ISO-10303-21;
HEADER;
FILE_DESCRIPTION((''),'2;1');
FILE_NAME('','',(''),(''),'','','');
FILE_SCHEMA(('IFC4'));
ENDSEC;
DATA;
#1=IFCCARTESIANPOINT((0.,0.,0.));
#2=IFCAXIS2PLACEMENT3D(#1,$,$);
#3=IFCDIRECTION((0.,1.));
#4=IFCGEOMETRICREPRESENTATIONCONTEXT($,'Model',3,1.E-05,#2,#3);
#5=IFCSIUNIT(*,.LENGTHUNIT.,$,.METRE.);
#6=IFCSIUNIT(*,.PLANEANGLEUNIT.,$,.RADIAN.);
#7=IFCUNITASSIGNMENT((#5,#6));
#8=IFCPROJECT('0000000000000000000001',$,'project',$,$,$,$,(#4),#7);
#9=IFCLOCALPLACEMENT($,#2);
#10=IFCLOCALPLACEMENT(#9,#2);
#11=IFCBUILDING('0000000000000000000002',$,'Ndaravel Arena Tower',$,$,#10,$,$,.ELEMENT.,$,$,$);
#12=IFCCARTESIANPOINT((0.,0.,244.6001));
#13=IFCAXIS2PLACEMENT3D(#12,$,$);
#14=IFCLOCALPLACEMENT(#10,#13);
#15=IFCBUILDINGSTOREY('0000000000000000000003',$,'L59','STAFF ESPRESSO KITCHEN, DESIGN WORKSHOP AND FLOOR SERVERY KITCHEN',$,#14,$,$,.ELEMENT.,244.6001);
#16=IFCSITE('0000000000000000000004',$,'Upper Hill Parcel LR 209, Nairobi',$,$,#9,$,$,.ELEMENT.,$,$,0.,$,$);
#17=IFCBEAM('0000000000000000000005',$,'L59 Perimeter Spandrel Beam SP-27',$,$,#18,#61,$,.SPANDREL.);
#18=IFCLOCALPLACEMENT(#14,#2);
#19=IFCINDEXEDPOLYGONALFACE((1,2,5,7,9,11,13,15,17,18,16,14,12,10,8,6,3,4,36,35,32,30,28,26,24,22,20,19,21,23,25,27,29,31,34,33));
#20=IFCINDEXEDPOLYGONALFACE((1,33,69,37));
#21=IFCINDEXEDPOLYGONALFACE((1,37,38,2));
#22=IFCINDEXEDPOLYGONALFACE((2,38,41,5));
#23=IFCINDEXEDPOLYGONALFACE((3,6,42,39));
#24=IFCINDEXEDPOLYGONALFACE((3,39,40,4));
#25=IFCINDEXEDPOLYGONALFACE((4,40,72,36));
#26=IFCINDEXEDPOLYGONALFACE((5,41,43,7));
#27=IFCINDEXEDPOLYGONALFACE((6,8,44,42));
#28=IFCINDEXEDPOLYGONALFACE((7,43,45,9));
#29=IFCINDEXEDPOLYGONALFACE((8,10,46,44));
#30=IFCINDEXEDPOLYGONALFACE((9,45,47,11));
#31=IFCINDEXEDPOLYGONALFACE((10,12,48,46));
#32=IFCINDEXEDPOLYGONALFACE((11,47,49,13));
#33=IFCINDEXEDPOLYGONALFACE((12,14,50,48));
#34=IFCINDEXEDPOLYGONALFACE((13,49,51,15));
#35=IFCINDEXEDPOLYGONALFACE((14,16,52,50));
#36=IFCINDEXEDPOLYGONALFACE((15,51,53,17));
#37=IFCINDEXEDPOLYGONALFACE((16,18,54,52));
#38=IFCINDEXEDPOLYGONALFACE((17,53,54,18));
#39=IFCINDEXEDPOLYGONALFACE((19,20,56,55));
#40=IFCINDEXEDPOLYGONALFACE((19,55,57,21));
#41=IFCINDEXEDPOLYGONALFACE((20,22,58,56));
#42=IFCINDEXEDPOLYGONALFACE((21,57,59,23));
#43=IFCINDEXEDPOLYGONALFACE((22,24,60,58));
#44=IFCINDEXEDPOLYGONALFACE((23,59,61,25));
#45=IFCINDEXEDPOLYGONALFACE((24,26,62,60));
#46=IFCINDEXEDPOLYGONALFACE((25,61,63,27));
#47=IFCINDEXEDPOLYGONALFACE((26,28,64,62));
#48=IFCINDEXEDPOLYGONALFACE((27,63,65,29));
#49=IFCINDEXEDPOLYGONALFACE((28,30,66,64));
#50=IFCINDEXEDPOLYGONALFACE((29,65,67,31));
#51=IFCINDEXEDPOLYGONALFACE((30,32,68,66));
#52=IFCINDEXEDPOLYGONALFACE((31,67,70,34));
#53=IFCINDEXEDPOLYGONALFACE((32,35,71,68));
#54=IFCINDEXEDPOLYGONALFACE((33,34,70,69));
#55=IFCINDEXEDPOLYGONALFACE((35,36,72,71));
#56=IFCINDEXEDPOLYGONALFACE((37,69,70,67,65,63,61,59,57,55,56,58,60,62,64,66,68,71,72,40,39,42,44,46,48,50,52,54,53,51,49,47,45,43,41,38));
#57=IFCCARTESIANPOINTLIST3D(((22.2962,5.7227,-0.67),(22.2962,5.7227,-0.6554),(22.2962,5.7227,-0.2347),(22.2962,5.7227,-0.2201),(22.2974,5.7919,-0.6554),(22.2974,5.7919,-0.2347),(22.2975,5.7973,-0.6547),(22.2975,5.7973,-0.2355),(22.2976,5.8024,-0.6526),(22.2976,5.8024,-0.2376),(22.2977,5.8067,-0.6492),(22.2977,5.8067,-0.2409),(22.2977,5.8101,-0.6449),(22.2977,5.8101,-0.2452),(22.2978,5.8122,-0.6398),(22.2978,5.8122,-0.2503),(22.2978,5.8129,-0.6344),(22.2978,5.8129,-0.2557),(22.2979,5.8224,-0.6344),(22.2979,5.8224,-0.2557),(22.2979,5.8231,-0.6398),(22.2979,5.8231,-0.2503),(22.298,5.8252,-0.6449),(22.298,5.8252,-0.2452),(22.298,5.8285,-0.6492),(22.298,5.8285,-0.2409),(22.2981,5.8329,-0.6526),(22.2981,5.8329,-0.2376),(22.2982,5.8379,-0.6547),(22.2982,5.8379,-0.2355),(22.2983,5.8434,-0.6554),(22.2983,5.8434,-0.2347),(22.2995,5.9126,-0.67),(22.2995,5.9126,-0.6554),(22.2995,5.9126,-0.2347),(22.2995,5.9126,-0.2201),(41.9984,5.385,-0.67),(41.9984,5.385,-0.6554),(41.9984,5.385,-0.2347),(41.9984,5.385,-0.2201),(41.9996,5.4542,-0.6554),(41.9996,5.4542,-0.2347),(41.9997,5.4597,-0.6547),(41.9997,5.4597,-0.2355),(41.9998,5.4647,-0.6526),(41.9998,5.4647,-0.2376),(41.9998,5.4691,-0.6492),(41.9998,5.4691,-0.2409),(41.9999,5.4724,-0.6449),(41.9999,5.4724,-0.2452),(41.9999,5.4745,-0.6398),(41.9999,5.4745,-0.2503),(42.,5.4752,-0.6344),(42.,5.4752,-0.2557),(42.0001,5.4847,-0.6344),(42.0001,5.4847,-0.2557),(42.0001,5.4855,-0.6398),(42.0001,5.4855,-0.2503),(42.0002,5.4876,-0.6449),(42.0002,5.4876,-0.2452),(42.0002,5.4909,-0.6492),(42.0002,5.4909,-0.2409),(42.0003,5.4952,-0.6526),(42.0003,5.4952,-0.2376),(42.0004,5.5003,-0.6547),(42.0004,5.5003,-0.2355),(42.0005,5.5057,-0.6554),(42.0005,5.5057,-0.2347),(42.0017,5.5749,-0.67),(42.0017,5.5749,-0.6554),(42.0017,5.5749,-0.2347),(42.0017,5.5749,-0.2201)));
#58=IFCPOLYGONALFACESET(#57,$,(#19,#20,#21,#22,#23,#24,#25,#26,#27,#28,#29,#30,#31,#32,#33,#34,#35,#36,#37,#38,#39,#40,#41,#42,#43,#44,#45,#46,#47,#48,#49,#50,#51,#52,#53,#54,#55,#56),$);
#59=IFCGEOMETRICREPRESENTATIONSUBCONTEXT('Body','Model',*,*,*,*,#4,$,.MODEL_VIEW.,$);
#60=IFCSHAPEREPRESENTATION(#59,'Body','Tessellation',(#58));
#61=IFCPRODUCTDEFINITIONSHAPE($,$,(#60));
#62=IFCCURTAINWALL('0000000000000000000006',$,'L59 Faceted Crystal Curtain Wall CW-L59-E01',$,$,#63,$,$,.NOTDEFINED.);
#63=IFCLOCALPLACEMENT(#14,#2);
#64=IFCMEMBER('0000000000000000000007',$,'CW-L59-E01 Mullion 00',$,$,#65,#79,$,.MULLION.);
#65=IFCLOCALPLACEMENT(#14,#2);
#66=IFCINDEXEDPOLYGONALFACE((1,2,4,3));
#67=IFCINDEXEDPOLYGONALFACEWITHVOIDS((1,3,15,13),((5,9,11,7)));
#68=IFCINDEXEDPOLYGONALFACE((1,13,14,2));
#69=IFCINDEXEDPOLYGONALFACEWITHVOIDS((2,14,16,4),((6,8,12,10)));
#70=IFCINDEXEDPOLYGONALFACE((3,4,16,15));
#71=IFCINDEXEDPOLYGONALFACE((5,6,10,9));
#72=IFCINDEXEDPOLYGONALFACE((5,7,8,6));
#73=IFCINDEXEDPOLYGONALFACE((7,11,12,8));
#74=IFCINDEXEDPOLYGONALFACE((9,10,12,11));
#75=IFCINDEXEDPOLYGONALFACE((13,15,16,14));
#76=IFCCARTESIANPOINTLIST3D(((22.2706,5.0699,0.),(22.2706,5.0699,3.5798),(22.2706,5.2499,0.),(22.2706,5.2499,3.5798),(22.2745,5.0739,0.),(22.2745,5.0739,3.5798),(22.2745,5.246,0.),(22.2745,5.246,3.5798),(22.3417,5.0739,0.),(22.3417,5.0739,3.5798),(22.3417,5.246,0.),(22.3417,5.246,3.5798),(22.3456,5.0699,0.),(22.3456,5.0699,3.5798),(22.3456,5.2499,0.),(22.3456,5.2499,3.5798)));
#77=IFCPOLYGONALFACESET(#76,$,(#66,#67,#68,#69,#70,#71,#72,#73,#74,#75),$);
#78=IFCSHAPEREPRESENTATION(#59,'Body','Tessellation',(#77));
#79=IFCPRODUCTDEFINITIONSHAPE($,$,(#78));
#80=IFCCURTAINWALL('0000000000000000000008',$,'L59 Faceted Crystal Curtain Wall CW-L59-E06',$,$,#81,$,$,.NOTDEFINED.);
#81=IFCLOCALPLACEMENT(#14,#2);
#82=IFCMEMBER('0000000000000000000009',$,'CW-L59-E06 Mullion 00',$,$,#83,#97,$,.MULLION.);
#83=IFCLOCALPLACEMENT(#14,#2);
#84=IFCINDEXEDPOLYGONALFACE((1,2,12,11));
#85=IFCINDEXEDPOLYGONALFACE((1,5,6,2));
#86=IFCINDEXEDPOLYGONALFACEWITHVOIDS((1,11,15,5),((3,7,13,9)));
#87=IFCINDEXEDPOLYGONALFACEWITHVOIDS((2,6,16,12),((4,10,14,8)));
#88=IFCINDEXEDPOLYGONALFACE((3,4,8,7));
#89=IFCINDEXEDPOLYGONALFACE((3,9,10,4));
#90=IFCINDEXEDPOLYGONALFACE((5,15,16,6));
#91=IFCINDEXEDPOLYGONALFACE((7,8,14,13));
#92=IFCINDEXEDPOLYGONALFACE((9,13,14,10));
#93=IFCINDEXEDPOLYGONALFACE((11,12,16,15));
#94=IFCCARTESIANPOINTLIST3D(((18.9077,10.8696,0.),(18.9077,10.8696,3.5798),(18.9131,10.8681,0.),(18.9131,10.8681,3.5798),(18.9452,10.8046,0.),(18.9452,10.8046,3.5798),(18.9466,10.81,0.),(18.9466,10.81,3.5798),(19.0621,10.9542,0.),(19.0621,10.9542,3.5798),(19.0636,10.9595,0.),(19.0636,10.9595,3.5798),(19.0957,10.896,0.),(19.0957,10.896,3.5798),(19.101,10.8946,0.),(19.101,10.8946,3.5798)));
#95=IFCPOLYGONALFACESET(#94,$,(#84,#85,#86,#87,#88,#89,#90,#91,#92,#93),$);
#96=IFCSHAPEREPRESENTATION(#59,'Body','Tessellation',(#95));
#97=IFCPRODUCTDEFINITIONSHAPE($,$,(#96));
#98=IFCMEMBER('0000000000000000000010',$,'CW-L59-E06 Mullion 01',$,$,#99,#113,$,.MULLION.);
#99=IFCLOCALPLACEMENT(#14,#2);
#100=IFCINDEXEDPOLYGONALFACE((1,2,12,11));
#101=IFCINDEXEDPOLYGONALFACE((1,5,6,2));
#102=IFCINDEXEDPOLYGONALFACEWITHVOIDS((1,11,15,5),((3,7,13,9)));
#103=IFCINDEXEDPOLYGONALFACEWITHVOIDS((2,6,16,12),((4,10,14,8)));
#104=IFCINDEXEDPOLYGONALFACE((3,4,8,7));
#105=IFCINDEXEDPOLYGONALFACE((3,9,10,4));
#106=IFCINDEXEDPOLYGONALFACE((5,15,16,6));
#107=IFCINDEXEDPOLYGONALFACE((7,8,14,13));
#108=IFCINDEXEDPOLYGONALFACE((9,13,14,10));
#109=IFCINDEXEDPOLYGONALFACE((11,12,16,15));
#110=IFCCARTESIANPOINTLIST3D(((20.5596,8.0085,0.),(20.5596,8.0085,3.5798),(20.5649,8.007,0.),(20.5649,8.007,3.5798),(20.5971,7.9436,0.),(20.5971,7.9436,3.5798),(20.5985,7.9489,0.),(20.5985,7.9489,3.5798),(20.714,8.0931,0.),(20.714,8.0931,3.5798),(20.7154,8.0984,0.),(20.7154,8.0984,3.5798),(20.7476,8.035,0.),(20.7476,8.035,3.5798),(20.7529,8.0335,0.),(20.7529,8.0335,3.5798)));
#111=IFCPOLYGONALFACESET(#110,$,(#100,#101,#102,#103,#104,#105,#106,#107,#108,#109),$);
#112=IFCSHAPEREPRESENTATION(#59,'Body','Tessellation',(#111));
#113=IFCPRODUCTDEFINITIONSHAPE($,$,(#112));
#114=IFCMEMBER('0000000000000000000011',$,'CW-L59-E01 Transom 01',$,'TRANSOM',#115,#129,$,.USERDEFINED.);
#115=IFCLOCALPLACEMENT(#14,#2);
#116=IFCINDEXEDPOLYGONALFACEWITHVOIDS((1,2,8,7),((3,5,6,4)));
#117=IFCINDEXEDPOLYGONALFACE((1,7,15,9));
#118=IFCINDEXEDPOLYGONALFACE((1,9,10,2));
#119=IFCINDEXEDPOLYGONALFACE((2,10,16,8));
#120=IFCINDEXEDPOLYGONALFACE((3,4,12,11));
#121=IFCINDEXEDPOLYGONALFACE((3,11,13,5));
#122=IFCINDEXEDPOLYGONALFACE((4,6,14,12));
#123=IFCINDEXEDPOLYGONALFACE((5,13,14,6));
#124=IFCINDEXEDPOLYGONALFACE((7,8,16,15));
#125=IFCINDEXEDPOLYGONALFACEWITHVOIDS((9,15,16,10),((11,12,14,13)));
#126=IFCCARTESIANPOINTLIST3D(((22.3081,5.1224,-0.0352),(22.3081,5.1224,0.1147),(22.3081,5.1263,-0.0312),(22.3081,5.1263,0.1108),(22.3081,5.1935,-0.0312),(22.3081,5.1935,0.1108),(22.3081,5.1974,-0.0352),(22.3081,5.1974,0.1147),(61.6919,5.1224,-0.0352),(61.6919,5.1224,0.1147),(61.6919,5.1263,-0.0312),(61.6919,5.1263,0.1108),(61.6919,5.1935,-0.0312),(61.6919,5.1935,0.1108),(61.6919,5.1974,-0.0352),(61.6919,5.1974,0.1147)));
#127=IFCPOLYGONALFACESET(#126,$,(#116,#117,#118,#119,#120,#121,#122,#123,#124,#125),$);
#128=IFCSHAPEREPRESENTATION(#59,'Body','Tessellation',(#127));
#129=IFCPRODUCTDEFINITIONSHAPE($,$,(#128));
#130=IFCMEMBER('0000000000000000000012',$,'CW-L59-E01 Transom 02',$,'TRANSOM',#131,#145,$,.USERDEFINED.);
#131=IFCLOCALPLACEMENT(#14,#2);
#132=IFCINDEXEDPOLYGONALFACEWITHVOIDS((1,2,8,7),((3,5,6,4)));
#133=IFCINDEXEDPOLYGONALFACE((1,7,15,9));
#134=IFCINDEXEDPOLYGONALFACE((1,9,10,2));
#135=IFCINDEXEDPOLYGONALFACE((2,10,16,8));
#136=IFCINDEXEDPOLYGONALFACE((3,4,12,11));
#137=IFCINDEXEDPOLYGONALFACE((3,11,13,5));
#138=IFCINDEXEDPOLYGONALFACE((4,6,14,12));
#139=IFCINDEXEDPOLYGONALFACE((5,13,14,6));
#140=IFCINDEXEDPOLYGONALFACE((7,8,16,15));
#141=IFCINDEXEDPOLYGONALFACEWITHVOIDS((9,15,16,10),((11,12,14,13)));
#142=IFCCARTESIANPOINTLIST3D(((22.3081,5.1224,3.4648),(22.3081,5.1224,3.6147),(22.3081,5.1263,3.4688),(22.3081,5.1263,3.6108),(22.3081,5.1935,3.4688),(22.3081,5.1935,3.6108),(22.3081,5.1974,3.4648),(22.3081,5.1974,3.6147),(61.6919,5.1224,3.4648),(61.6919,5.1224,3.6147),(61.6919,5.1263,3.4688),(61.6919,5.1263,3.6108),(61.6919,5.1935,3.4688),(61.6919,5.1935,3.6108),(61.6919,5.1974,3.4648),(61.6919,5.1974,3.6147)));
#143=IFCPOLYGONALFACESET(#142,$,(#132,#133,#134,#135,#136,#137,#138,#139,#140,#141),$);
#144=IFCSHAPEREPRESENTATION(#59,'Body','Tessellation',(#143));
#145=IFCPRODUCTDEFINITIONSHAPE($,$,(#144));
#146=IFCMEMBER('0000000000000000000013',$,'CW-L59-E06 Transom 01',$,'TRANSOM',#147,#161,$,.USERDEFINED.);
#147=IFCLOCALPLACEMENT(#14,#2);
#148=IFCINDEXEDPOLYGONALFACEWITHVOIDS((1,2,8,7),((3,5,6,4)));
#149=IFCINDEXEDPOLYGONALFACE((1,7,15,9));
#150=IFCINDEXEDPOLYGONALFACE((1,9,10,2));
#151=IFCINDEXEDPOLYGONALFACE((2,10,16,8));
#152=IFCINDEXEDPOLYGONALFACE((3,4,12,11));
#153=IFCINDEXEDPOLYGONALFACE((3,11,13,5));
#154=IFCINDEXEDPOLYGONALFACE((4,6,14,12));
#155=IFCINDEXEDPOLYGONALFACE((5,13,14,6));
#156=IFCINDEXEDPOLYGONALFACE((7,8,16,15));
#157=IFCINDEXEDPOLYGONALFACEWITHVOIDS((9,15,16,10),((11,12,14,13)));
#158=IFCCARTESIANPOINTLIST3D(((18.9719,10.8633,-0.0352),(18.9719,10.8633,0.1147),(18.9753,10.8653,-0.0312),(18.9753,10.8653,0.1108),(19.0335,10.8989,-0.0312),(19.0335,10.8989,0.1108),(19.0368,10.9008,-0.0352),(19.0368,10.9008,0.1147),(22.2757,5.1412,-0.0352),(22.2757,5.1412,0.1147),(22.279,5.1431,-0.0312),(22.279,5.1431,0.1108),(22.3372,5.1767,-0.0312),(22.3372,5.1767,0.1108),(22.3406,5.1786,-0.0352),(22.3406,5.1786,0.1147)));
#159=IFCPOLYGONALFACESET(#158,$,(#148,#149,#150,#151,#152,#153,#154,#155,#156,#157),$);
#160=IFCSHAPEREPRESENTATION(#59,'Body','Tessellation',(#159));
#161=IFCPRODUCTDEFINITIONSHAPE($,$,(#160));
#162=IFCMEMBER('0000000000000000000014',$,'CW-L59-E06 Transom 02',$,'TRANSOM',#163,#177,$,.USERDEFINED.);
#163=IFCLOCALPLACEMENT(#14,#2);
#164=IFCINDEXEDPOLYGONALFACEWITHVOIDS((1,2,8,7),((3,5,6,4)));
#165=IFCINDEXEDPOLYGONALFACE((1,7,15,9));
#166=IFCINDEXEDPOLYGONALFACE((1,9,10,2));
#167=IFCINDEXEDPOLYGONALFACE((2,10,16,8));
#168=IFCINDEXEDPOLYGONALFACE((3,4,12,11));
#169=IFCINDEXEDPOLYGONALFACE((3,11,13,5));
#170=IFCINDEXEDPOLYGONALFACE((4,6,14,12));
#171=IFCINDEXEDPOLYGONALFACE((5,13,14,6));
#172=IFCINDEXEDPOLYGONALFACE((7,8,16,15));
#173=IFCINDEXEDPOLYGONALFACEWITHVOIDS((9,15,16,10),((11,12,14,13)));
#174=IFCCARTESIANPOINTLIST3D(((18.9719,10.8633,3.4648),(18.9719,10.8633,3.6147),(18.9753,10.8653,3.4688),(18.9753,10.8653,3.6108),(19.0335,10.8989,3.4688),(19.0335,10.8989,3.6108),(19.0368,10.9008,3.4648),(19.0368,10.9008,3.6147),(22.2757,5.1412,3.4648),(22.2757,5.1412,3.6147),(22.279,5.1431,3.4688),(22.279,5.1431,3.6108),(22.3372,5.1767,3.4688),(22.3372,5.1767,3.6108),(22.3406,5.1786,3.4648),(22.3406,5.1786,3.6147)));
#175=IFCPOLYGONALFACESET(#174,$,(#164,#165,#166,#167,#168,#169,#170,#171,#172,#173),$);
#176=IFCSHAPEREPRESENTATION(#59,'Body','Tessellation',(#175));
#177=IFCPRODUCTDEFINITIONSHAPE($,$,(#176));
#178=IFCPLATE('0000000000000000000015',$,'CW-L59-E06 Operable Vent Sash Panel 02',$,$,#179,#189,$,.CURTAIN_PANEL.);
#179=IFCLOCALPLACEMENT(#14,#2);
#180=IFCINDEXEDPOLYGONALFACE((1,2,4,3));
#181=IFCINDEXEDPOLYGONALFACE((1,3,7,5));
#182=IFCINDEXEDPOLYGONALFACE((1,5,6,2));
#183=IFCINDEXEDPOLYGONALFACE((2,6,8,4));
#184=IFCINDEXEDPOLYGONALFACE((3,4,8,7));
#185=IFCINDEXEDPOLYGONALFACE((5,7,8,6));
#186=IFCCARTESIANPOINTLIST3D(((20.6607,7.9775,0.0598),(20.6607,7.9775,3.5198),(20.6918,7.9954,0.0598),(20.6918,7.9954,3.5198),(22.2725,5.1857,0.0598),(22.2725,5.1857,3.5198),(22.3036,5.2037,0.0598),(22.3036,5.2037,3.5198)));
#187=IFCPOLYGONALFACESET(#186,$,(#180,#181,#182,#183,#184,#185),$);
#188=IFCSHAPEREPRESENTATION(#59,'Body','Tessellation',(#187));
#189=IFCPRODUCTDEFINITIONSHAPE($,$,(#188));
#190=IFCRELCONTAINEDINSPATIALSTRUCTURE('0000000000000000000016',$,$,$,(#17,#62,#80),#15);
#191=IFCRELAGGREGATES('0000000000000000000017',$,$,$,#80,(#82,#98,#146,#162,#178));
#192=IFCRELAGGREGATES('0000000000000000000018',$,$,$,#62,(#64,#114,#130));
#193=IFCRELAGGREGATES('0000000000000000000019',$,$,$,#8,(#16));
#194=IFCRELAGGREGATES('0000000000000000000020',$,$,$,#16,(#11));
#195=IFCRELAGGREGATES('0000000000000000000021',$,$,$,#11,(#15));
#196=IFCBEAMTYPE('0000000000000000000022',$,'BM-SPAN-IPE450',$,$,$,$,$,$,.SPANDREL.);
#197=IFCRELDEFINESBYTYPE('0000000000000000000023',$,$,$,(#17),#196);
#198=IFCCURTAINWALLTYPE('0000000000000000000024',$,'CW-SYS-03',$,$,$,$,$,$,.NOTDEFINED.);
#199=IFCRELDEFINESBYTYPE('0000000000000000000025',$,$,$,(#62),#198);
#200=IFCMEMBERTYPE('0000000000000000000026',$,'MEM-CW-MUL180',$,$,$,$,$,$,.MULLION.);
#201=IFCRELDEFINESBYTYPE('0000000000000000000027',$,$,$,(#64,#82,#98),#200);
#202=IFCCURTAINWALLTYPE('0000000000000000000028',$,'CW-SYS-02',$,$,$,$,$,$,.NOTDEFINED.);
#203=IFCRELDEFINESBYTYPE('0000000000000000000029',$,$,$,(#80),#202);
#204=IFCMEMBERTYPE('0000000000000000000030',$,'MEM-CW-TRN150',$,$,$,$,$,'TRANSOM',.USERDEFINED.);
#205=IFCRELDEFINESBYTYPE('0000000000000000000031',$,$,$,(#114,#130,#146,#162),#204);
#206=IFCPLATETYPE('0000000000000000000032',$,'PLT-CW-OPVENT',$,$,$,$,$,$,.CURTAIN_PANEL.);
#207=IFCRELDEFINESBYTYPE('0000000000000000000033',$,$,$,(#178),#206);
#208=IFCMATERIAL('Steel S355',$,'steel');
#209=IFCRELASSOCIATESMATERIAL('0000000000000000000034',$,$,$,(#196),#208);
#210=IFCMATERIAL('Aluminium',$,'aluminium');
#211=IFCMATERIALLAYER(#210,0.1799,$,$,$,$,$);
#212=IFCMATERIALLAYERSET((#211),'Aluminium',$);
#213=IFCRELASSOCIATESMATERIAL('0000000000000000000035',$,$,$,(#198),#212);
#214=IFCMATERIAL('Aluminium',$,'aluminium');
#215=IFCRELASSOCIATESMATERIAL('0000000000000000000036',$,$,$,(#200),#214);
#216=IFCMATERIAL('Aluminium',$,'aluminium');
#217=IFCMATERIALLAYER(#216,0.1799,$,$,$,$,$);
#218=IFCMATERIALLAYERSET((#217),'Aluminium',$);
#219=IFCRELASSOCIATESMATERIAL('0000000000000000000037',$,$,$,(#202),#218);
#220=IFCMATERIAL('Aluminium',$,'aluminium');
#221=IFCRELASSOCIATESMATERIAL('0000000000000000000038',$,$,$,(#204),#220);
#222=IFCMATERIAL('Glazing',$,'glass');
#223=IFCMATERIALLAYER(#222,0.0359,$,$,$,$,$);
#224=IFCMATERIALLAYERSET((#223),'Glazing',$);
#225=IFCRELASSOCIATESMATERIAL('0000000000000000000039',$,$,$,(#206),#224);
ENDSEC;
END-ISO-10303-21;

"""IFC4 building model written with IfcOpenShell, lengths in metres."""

from ifc_helpers import new_model, si_unit, direction, frame, origin, origin_2d, place, context, subcontext, project, spatial, rectangle, hollow_rectangle, i_section, extrude, material, layer, layer_set, material_profile, profile_set, type_object, element, aggregate, save


model = new_model("IFC4")

# Units and contexts
model_context = context("Model", 3, precision=1e-05, world=origin(), true_north=direction((0.0, 1.0)))
body_context = subcontext(model_context, "Body", "Model", "MODEL_VIEW")
ifc_project = project(units=[si_unit("LENGTHUNIT", "METRE"), si_unit("PLANEANGLEUNIT", "RADIAN")], contexts=[model_context])

# Site, building, storey
site_placement = place(None, origin())
site = spatial("IfcSite", under=ifc_project, at=site_placement, Name="Upper Hill Parcel LR 209, Nairobi", CompositionType="ELEMENT", RefElevation=0.0)
building_placement = place(site_placement, origin())
building = spatial("IfcBuilding", under=site, at=building_placement, Name="Ndaravel Arena Tower", CompositionType="ELEMENT")
storey_placement = place(building_placement, frame((0.0, 0.0, 244.6001)))
storey = spatial("IfcBuildingStorey", under=building, at=storey_placement, Name="L59", Description="STAFF ESPRESSO KITCHEN, DESIGN WORKSHOP AND FLOOR SERVERY KITCHEN", CompositionType="ELEMENT", Elevation=244.6001)

# Beam
ifc_material_1 = material(Name="Steel S355", Category="steel")
ifc_material_profile_1 = material_profile(ifc_material_1, i_section(OverallWidth=0.1899, OverallDepth=0.45, WebThickness=0.0095, FlangeThickness=0.0146, FilletRadius=0.021, at=origin_2d()), Name="IPE 450")
ifc_profile_set_1 = profile_set([ifc_material_profile_1], Name="Steel S355")
beam_type = type_object("IfcBeamType", Name="BM-SPAN-IPE450", PredefinedType="SPANDREL", material=ifc_profile_set_1)
beam_placement = place(storey_placement, frame((22.2979, 5.8176, -0.4451), z_axis=(0.999853, -0.017135, 0.0), x_axis=(0.017135, 0.999853, 0.0)))
element("IfcBeam", 1, at=beam_placement, inside=storey, type_object=beam_type, Name="L59 Perimeter Spandrel Beam SP-27", PredefinedType="SPANDREL", context=body_context, shape_type="SweptSolid", body=[
    extrude(i_section(OverallWidth=0.1899, OverallDepth=0.45, WebThickness=0.0095, FlangeThickness=0.0146, FilletRadius=0.021, at=origin_2d()), origin(), (0.0, 0.0, 1.0), 19.7051),
])

# Curtain wall, member
ifc_material_2 = material(Name="Aluminium", Category="aluminium")
ifc_layer_1 = layer(ifc_material_2, 0.1799)
ifc_layer_set_1 = layer_set([ifc_layer_1], Name="Aluminium")
curtain_wall_type_1 = type_object("IfcCurtainWallType", Name="CW-SYS-03", PredefinedType="NOTDEFINED", material=ifc_layer_set_1)
curtain_wall_1_placement = place(storey_placement, origin())
curtain_wall_1 = element("IfcCurtainWall", 2, at=curtain_wall_1_placement, inside=storey, type_object=curtain_wall_type_1, Name="L59 Faceted Crystal Curtain Wall CW-L59-E01", PredefinedType="NOTDEFINED")
ifc_material_3 = material(Name="Aluminium", Category="aluminium")
ifc_material_profile_2 = material_profile(ifc_material_3, hollow_rectangle(XDim=0.075, YDim=0.1799, WallThickness=0.0039, at=origin_2d()), Name="CW MULLION 75x180x4")
ifc_profile_set_2 = profile_set([ifc_material_profile_2], Name="Aluminium")
member_type_1 = type_object("IfcMemberType", Name="MEM-CW-MUL180", PredefinedType="MULLION", material=ifc_profile_set_2)
member_1_placement = place(storey_placement, frame((22.3081, 5.1599, 0.0), z_axis=(0.0, 0.0, 1.0), x_axis=(1.0, 0.0, 0.0)))
member_1 = element("IfcMember", 3, at=member_1_placement, type_object=member_type_1, Name="CW-L59-E01 Mullion 00", PredefinedType="MULLION", context=body_context, shape_type="SweptSolid", body=[
    extrude(hollow_rectangle(XDim=0.075, YDim=0.1799, WallThickness=0.0039, at=origin_2d()), origin(), (0.0, 0.0, 1.0), 3.5798),
])

# Curtain wall, members
ifc_material_4 = material(Name="Aluminium", Category="aluminium")
ifc_layer_2 = layer(ifc_material_4, 0.1799)
ifc_layer_set_2 = layer_set([ifc_layer_2], Name="Aluminium")
curtain_wall_type_2 = type_object("IfcCurtainWallType", Name="CW-SYS-02", PredefinedType="NOTDEFINED", material=ifc_layer_set_2)
curtain_wall_2_placement = place(storey_placement, origin())
curtain_wall_2 = element("IfcCurtainWall", 4, at=curtain_wall_2_placement, inside=storey, type_object=curtain_wall_type_2, Name="L59 Faceted Crystal Curtain Wall CW-L59-E06", PredefinedType="NOTDEFINED")
member_2_placement = place(storey_placement, frame((19.0044, 10.8821, 0.0), z_axis=(0.0, 0.0, 1.0), x_axis=(0.5, -0.866025, 0.0)))
member_2 = element("IfcMember", 5, at=member_2_placement, type_object=member_type_1, Name="CW-L59-E06 Mullion 00", PredefinedType="MULLION", context=body_context, shape_type="SweptSolid", body=[
    extrude(hollow_rectangle(XDim=0.075, YDim=0.1799, WallThickness=0.0039, at=origin_2d()), origin(), (0.0, 0.0, 1.0), 3.5798),
])
member_3_placement = place(storey_placement, frame((20.6562, 8.021, 0.0), z_axis=(0.0, 0.0, 1.0), x_axis=(0.5, -0.866025, 0.0)))
member_3 = element("IfcMember", 6, at=member_3_placement, type_object=member_type_1, Name="CW-L59-E06 Mullion 01", PredefinedType="MULLION", context=body_context, shape_type="SweptSolid", body=[
    extrude(hollow_rectangle(XDim=0.075, YDim=0.1799, WallThickness=0.0039, at=origin_2d()), origin(), (0.0, 0.0, 1.0), 3.5798),
])

# Members
ifc_material_5 = material(Name="Aluminium", Category="aluminium")
ifc_material_profile_3 = material_profile(ifc_material_5, hollow_rectangle(XDim=0.075, YDim=0.1499, WallThickness=0.0039, at=origin_2d()), Name="CW TRANSOM 75x150x4")
ifc_profile_set_3 = profile_set([ifc_material_profile_3], Name="Aluminium")
member_type_2 = type_object("IfcMemberType", Name="MEM-CW-TRN150", ElementType="TRANSOM", PredefinedType="USERDEFINED", material=ifc_profile_set_3)
member_4_placement = place(storey_placement, frame((22.3081, 5.1599, 0.0398), z_axis=(1.0, 0.0, 0.0), x_axis=(0.0, 1.0, 0.0)))
member_4 = element("IfcMember", 7, at=member_4_placement, type_object=member_type_2, Name="CW-L59-E01 Transom 01", ObjectType="TRANSOM", PredefinedType="USERDEFINED", context=body_context, shape_type="SweptSolid", body=[
    extrude(hollow_rectangle(XDim=0.075, YDim=0.1499, WallThickness=0.0039, at=origin_2d()), origin(), (0.0, 0.0, 1.0), 39.3838),
])
member_5_placement = place(storey_placement, frame((22.3081, 5.1599, 3.5398), z_axis=(1.0, 0.0, 0.0), x_axis=(0.0, 1.0, 0.0)))
member_5 = element("IfcMember", 8, at=member_5_placement, type_object=member_type_2, Name="CW-L59-E01 Transom 02", ObjectType="TRANSOM", PredefinedType="USERDEFINED", context=body_context, shape_type="SweptSolid", body=[
    extrude(hollow_rectangle(XDim=0.075, YDim=0.1499, WallThickness=0.0039, at=origin_2d()), origin(), (0.0, 0.0, 1.0), 39.3838),
])
member_6_placement = place(storey_placement, frame((19.0044, 10.8821, 0.0398), z_axis=(0.500002, -0.866024, 0.0), x_axis=(0.866024, 0.500002, 0.0)))
member_6 = element("IfcMember", 9, at=member_6_placement, type_object=member_type_2, Name="CW-L59-E06 Transom 01", ObjectType="TRANSOM", PredefinedType="USERDEFINED", context=body_context, shape_type="SweptSolid", body=[
    extrude(hollow_rectangle(XDim=0.075, YDim=0.1499, WallThickness=0.0039, at=origin_2d()), origin(), (0.0, 0.0, 1.0), 6.6074),
])
member_7_placement = place(storey_placement, frame((19.0044, 10.8821, 3.5398), z_axis=(0.500002, -0.866024, 0.0), x_axis=(0.866024, 0.500002, 0.0)))
member_7 = element("IfcMember", 10, at=member_7_placement, type_object=member_type_2, Name="CW-L59-E06 Transom 02", ObjectType="TRANSOM", PredefinedType="USERDEFINED", context=body_context, shape_type="SweptSolid", body=[
    extrude(hollow_rectangle(XDim=0.075, YDim=0.1499, WallThickness=0.0039, at=origin_2d()), origin(), (0.0, 0.0, 1.0), 6.6074),
])

# Plate
ifc_material_6 = material(Name="Glazing", Category="glass")
ifc_layer_3 = layer(ifc_material_6, 0.0359)
ifc_layer_set_3 = layer_set([ifc_layer_3], Name="Glazing")
plate_type_1 = type_object("IfcPlateType", Name="PLT-CW-OPVENT", PredefinedType="CURTAIN_PANEL", material=ifc_layer_set_3)
plate_1_placement = place(storey_placement, frame((21.4822, 6.5906, 0.0598), z_axis=(0.0, 0.0, 1.0), x_axis=(0.5, -0.866025, 0.0)))
plate_1 = element("IfcPlate", 11, at=plate_1_placement, type_object=plate_type_1, Name="CW-L59-E06 Operable Vent Sash Panel 02", PredefinedType="CURTAIN_PANEL", context=body_context, shape_type="SweptSolid", body=[
    extrude(rectangle(XDim=3.2236, YDim=0.0359, at=origin_2d()), origin(), (0.0, 0.0, 1.0), 3.46),
])
aggregate(curtain_wall_2, [member_2, member_3, member_6, member_7, plate_1])
aggregate(curtain_wall_1, [member_1, member_4, member_5])

save(model, "model.ifc")
